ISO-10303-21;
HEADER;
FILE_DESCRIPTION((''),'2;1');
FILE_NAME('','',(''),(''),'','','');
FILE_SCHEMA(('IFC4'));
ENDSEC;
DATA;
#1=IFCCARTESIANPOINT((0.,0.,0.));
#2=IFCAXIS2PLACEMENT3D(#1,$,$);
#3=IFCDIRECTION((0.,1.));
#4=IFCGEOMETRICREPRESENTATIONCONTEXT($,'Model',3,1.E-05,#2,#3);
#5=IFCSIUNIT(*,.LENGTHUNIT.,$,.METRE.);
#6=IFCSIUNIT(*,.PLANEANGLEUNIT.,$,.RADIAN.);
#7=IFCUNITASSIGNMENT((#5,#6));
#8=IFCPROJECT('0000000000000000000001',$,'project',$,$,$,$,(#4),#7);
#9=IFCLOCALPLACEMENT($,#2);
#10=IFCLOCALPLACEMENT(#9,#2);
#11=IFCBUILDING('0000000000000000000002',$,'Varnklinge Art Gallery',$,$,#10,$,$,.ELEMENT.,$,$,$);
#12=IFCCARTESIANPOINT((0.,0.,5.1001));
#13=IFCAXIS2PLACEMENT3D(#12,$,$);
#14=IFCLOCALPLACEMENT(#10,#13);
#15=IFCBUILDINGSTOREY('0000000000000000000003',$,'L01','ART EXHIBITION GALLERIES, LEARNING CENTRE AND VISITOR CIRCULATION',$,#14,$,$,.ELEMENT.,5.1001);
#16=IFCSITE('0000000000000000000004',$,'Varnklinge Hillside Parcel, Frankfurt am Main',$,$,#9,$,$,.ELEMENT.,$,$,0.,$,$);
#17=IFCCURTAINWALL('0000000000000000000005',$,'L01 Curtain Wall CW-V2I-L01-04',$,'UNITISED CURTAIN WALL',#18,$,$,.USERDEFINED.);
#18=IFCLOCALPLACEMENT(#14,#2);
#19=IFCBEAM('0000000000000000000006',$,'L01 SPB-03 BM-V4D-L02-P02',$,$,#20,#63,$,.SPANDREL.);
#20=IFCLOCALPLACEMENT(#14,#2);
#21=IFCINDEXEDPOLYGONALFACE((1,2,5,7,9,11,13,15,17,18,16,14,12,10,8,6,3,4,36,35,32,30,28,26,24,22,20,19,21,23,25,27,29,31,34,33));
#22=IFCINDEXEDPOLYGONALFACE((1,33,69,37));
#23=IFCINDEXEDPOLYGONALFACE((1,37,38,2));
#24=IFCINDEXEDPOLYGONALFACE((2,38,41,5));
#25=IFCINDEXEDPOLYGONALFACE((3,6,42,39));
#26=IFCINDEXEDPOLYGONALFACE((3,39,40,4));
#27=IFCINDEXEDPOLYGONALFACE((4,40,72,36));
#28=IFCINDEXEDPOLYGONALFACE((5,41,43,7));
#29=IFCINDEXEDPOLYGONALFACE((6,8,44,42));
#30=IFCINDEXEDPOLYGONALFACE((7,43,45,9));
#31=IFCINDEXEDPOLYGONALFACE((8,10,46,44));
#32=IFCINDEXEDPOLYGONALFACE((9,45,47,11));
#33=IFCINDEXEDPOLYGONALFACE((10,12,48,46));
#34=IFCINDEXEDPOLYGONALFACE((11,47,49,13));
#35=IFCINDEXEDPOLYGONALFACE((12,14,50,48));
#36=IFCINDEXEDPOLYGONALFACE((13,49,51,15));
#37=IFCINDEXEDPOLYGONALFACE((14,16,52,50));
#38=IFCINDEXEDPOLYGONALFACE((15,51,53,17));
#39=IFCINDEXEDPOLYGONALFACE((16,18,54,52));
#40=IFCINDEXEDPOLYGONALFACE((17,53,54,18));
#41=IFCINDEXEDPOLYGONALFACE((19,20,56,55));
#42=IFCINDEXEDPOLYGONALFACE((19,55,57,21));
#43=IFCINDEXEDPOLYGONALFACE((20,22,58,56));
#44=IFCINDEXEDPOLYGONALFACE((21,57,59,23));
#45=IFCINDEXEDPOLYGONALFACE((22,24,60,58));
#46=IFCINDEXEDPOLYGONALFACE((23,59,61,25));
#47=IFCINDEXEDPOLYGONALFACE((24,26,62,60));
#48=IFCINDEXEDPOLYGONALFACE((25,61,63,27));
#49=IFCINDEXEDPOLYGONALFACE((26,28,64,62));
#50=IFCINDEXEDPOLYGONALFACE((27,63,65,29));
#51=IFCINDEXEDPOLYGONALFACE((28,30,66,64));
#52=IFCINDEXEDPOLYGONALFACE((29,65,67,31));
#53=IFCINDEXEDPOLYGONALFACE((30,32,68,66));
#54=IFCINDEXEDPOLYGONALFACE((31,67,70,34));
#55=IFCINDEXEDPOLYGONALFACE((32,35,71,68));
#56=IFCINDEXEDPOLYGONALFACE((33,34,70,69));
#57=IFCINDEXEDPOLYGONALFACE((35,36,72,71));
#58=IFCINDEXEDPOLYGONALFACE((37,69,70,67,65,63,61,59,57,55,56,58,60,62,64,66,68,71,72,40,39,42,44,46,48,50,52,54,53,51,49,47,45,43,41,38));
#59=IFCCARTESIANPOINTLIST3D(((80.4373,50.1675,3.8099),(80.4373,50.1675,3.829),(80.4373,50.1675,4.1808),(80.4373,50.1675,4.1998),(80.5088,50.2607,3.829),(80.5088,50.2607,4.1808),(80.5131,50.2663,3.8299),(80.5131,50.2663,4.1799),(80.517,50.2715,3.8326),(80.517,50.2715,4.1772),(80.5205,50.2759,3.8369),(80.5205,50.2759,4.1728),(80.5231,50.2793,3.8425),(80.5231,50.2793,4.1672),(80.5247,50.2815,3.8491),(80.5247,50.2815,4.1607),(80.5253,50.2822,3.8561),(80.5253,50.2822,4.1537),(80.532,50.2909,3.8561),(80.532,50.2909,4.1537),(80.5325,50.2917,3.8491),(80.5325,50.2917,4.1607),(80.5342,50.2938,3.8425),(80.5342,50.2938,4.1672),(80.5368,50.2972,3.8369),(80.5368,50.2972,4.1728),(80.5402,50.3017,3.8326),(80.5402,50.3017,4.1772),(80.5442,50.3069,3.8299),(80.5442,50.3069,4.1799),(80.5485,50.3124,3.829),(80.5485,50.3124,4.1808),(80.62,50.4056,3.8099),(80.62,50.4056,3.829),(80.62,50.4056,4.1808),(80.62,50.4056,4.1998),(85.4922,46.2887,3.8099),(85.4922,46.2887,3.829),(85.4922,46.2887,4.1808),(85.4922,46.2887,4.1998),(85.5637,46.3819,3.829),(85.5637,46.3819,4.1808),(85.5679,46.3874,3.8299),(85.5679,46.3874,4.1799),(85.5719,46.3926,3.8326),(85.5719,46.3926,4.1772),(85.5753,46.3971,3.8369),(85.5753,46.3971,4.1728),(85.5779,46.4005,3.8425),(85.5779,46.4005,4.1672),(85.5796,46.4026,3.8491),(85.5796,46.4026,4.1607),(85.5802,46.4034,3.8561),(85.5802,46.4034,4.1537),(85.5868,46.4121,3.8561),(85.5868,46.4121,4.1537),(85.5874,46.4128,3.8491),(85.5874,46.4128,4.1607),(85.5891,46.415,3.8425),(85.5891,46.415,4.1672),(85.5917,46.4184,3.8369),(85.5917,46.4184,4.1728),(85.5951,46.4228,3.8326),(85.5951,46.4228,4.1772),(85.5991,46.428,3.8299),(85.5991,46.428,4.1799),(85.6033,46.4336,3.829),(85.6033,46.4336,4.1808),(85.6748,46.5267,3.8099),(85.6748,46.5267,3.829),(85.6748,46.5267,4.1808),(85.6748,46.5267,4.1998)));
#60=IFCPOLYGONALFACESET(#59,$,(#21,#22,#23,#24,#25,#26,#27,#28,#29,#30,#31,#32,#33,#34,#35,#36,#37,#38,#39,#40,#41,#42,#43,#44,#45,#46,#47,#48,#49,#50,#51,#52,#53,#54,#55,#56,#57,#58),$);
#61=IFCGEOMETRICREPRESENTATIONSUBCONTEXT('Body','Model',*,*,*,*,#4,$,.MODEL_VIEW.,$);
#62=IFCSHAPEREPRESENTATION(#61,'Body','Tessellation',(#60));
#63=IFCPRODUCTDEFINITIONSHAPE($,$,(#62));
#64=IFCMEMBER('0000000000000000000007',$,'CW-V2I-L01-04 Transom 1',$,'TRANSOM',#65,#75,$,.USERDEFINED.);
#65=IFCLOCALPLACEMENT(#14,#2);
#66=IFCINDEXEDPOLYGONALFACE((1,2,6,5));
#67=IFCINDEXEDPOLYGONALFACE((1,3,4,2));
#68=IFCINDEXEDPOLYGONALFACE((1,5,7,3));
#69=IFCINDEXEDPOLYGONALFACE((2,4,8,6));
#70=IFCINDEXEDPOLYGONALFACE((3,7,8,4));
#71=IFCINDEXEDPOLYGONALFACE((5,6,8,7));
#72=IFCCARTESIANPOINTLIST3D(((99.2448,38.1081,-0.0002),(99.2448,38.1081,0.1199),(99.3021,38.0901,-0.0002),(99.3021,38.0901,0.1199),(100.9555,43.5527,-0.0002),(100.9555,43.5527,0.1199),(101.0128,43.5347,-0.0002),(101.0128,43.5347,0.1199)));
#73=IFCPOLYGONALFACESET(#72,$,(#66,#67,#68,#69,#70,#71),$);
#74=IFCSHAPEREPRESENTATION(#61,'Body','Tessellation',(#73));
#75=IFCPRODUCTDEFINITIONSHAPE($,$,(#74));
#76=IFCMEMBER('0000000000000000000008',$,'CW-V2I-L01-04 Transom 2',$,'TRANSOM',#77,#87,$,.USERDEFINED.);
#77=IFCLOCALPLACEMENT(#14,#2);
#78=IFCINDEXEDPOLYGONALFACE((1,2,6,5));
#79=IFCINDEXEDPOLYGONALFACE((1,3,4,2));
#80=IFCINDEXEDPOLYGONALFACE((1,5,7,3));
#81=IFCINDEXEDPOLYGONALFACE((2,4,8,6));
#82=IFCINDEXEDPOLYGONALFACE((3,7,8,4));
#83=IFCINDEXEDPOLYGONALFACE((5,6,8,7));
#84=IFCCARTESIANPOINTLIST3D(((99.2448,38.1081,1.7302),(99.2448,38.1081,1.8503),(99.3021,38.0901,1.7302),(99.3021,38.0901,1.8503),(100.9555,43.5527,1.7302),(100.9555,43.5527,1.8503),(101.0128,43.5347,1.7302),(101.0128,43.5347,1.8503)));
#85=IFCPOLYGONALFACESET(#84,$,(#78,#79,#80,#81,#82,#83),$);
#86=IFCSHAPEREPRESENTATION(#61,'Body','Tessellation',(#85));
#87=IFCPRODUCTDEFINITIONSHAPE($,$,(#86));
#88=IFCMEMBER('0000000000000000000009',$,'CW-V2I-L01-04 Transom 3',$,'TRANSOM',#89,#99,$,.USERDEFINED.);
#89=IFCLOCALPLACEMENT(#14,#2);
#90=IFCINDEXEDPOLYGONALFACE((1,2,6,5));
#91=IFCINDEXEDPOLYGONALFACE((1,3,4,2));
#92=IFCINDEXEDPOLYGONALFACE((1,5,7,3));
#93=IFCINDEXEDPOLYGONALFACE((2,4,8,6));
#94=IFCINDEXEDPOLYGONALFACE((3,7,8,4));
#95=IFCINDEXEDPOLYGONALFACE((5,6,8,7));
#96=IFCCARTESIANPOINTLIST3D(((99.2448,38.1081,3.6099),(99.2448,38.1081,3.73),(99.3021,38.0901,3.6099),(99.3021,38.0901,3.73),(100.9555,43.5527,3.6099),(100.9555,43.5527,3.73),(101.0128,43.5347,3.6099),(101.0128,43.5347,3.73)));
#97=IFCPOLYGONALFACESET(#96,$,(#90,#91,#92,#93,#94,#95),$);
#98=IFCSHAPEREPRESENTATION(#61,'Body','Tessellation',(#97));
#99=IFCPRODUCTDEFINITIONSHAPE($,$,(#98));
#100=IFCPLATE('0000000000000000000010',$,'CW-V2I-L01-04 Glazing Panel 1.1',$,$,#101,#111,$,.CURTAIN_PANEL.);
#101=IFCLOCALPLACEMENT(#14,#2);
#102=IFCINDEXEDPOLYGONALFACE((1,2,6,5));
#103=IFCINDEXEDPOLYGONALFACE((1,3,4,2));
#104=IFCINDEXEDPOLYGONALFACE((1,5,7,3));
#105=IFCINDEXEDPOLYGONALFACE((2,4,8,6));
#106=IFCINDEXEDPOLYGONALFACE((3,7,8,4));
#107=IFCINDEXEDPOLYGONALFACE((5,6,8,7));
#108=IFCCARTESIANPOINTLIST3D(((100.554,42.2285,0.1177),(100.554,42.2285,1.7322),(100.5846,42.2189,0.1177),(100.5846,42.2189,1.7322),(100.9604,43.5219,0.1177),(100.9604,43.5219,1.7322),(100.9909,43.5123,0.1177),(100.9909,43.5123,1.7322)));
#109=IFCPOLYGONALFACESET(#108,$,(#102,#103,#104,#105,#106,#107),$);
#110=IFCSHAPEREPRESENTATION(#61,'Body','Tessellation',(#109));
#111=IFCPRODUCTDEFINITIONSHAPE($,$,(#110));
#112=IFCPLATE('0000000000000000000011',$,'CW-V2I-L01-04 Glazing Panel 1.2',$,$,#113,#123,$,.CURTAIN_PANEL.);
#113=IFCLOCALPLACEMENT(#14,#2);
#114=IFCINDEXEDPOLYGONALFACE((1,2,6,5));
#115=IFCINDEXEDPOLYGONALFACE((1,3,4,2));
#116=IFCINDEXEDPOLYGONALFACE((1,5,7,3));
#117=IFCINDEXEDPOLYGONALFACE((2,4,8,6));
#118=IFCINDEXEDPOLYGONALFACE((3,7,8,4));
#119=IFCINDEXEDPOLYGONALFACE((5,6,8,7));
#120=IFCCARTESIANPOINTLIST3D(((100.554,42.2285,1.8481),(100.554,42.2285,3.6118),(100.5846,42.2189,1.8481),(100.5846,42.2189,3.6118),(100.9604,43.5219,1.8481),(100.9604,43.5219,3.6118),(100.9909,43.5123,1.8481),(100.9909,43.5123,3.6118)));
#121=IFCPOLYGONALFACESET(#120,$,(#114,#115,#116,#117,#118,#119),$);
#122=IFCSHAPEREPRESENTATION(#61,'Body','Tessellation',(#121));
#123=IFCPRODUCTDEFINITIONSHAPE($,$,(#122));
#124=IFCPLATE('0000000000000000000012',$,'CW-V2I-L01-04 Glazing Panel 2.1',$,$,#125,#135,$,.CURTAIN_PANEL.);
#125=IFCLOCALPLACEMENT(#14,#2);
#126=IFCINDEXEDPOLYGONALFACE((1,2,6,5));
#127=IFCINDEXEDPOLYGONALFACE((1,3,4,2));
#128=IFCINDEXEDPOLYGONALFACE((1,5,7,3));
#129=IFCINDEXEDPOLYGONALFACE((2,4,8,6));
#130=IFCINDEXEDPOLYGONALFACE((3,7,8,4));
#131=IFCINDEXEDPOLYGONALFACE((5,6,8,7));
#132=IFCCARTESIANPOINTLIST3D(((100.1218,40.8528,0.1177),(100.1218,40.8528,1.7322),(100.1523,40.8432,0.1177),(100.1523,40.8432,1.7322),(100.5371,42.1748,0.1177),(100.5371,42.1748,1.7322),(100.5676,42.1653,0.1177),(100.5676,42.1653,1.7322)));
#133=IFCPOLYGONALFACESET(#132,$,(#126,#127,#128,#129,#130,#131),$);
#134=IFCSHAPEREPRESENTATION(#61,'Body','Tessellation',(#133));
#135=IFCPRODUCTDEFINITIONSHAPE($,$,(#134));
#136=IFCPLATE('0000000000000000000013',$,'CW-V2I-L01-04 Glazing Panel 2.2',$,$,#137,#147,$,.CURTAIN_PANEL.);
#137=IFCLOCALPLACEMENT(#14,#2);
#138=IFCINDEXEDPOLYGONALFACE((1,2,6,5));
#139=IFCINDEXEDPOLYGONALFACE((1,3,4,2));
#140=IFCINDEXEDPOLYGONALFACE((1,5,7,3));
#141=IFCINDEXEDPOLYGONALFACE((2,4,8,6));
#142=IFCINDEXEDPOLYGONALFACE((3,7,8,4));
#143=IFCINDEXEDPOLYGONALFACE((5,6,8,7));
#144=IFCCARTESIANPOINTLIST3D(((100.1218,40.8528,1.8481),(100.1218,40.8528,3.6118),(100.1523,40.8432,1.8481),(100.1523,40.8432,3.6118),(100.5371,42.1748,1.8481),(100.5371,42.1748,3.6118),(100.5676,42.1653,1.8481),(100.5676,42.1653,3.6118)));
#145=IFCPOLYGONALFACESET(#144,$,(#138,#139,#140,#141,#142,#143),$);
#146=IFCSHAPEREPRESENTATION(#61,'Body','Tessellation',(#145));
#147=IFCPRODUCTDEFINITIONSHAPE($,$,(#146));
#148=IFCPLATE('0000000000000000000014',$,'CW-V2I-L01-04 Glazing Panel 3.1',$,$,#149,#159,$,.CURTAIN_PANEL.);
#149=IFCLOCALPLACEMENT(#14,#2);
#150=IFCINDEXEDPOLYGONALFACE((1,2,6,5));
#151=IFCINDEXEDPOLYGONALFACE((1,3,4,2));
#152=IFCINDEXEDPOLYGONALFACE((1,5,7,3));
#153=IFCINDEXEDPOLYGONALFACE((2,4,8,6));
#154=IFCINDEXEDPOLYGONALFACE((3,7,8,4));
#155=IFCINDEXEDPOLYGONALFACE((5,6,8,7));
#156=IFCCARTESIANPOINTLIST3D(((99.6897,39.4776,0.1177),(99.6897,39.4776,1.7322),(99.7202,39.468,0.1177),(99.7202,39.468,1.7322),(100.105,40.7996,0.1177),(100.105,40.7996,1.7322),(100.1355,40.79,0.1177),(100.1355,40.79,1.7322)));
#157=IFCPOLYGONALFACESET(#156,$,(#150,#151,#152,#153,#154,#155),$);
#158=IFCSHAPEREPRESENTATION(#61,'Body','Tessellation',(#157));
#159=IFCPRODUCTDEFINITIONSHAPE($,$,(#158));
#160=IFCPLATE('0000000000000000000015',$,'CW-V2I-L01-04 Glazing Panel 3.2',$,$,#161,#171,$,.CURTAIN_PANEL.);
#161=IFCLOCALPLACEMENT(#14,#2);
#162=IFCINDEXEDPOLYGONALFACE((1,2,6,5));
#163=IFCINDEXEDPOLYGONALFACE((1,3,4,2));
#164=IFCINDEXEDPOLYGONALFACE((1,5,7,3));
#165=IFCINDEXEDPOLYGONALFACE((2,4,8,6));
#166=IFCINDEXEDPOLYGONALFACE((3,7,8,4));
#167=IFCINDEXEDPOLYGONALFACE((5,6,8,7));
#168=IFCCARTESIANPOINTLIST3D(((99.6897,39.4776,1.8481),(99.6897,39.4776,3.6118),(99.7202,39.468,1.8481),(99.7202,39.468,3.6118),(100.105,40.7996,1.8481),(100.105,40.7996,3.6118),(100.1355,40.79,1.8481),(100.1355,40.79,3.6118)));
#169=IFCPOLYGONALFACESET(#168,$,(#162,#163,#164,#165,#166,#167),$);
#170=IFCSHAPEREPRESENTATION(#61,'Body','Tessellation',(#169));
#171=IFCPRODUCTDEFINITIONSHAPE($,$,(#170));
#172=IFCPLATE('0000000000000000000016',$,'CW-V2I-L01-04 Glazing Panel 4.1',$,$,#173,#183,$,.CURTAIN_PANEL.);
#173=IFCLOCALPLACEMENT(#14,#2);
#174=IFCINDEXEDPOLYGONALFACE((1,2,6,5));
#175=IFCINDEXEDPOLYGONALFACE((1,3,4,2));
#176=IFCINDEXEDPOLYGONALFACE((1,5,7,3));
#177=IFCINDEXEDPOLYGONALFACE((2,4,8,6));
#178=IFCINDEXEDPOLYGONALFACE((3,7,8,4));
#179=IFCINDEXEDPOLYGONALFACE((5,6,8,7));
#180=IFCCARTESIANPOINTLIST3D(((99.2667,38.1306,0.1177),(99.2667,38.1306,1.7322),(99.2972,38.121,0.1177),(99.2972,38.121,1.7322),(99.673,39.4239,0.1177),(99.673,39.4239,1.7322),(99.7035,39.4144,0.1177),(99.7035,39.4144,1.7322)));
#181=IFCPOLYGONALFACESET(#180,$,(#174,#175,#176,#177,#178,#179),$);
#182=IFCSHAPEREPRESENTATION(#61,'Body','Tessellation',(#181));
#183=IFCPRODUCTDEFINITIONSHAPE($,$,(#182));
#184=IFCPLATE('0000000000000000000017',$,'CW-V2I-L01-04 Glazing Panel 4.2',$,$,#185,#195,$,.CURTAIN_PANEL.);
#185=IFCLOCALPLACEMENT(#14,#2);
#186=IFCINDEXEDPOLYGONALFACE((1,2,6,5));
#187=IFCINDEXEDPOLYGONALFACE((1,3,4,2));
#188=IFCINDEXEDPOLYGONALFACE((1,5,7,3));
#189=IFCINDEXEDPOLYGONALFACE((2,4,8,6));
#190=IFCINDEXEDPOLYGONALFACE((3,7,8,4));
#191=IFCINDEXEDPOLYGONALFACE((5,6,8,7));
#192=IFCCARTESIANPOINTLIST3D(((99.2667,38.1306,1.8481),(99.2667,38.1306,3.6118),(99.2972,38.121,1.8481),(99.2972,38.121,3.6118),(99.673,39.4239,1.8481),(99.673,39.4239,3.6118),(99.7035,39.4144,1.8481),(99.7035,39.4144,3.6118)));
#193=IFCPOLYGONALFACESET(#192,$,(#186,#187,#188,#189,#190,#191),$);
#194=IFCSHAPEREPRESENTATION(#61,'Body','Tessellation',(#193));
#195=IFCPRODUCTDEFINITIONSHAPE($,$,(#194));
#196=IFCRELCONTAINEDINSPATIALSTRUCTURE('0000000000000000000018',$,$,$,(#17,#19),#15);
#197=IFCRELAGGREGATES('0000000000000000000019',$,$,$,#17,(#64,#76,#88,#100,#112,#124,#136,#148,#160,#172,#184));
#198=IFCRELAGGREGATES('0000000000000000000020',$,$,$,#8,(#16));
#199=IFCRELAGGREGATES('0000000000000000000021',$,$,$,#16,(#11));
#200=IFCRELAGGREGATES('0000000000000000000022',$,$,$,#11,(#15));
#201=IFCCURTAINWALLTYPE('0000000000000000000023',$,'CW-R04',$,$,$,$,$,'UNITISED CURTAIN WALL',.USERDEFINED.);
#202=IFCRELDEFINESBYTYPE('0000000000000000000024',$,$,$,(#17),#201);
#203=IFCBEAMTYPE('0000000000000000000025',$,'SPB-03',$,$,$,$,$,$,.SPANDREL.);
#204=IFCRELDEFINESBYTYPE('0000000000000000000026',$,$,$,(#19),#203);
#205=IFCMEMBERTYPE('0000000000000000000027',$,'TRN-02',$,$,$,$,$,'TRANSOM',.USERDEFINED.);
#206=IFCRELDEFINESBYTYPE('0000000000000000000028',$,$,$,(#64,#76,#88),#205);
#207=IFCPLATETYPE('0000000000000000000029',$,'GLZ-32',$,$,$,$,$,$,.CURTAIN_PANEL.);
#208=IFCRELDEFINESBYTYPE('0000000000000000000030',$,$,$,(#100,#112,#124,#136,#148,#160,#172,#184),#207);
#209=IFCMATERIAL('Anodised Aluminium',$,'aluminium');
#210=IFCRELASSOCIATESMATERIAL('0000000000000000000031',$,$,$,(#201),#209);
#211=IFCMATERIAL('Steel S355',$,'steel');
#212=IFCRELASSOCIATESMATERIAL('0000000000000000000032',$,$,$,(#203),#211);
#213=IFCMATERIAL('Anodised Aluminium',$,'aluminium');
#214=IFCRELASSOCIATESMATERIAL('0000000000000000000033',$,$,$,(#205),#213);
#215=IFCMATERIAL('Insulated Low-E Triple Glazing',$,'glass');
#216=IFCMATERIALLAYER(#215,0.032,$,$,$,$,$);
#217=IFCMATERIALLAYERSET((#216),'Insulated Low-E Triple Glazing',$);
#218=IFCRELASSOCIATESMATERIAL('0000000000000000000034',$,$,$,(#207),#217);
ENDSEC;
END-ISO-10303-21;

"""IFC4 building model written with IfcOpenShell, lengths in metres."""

from ifc_helpers import new_model, si_unit, direction, frame, origin, origin_2d, place, context, subcontext, project, spatial, rectangle, i_section, extrude, material, layer, layer_set, material_profile, profile_set, type_object, element, aggregate, save


model = new_model("IFC4")

# Units and contexts
model_context = context("Model", 3, precision=1e-05, world=origin(), true_north=direction((0.0, 1.0)))
body_context = subcontext(model_context, "Body", "Model", "MODEL_VIEW")
ifc_project = project(units=[si_unit("LENGTHUNIT", "METRE"), si_unit("PLANEANGLEUNIT", "RADIAN")], contexts=[model_context])

# Site, building, storey
site_placement = place(None, origin())
site = spatial("IfcSite", under=ifc_project, at=site_placement, Name="Varnklinge Hillside Parcel, Frankfurt am Main", CompositionType="ELEMENT", RefElevation=0.0)
building_placement = place(site_placement, origin())
building = spatial("IfcBuilding", under=site, at=building_placement, Name="Varnklinge Art Gallery", CompositionType="ELEMENT")
storey_placement = place(building_placement, frame((0.0, 0.0, 5.1001)))
storey = spatial("IfcBuildingStorey", under=building, at=storey_placement, Name="L01", Description="ART EXHIBITION GALLERIES, LEARNING CENTRE AND VISITOR CIRCULATION", CompositionType="ELEMENT", Elevation=5.1001)

# Curtain wall
ifc_material_1 = material(Name="Anodised Aluminium", Category="aluminium")
curtain_wall_type = type_object("IfcCurtainWallType", Name="CW-R04", ElementType="UNITISED CURTAIN WALL", PredefinedType="USERDEFINED", material=ifc_material_1)
curtain_wall_placement = place(storey_placement, origin())
curtain_wall = element("IfcCurtainWall", 1, at=curtain_wall_placement, inside=storey, type_object=curtain_wall_type, Name="L01 Curtain Wall CW-V2I-L01-04", ObjectType="UNITISED CURTAIN WALL", PredefinedType="USERDEFINED")

# Beam
ifc_material_2 = material(Name="Steel S355", Category="steel")
ifc_material_profile_1 = material_profile(ifc_material_2, i_section(OverallWidth=0.3, OverallDepth=0.3899, WebThickness=0.011, FlangeThickness=0.019, FilletRadius=0.0271, at=origin_2d()), Name="HEA 400")
ifc_profile_set_1 = profile_set([ifc_material_profile_1], Name="Steel S355")
beam_type = type_object("IfcBeamType", Name="SPB-03", PredefinedType="SPANDREL", material=ifc_profile_set_1)
for number, where, z_axis, x_axis, name in (
    (2, (85.5835, 46.4077, 4.0049), (-0.793344, 0.608773, 0.0), (-0.608773, -0.793344, 0.0), "L01 SPB-03 BM-V4D-L02-P02"),
):
    element("IfcBeam", number, at=place(storey_placement, frame(where, z_axis=z_axis, x_axis=x_axis)), inside=storey, type_object=beam_type, Name=name, PredefinedType="SPANDREL", context=body_context, shape_type="SweptSolid", body=[
        extrude(i_section(OverallWidth=0.3, OverallDepth=0.3899, WebThickness=0.011, FlangeThickness=0.019, FilletRadius=0.0271, at=origin_2d()), origin(), (0.0, 0.0, 1.0), 6.3716),
    ])

# Members
ifc_material_3 = material(Name="Anodised Aluminium", Category="aluminium")
ifc_material_profile_2 = material_profile(ifc_material_3, rectangle(XDim=0.0601, YDim=0.1201, at=origin_2d()), Name="ALU 60x120")
ifc_profile_set_2 = profile_set([ifc_material_profile_2], Name="Anodised Aluminium")
member_type_1 = type_object("IfcMemberType", Name="TRN-02", ElementType="TRANSOM", PredefinedType="USERDEFINED", material=ifc_profile_set_2)
member_1_placement = place(storey_placement, frame((100.9841, 43.5437, 0.0598), z_axis=(-0.299753, -0.954017, 0.0), x_axis=(0.954017, -0.299753, 0.0)))
member_1 = element("IfcMember", 3, at=member_1_placement, type_object=member_type_1, Name="CW-V2I-L01-04 Transom 1", ObjectType="TRANSOM", PredefinedType="USERDEFINED", context=body_context, shape_type="SweptSolid", body=[
    extrude(rectangle(XDim=0.0601, YDim=0.1201, at=origin_2d()), origin(), (0.0, 0.0, 1.0), 5.707),
])
member_2_placement = place(storey_placement, frame((100.9841, 43.5437, 1.7903), z_axis=(-0.299753, -0.954017, 0.0), x_axis=(0.954017, -0.299753, 0.0)))
member_2 = element("IfcMember", 4, at=member_2_placement, type_object=member_type_1, Name="CW-V2I-L01-04 Transom 2", ObjectType="TRANSOM", PredefinedType="USERDEFINED", context=body_context, shape_type="SweptSolid", body=[
    extrude(rectangle(XDim=0.0601, YDim=0.1201, at=origin_2d()), origin(), (0.0, 0.0, 1.0), 5.707),
])
member_3_placement = place(storey_placement, frame((100.9841, 43.5437, 3.6699), z_axis=(-0.299753, -0.954017, 0.0), x_axis=(0.954017, -0.299753, 0.0)))
member_3 = element("IfcMember", 5, at=member_3_placement, type_object=member_type_1, Name="CW-V2I-L01-04 Transom 3", ObjectType="TRANSOM", PredefinedType="USERDEFINED", context=body_context, shape_type="SweptSolid", body=[
    extrude(rectangle(XDim=0.0601, YDim=0.1201, at=origin_2d()), origin(), (0.0, 0.0, 1.0), 5.707),
])

# Plates
ifc_material_4 = material(Name="Insulated Low-E Triple Glazing", Category="glass")
ifc_layer_1 = layer(ifc_material_4, 0.032)
ifc_layer_set_1 = layer_set([ifc_layer_1], Name="Insulated Low-E Triple Glazing")
plate_type = type_object("IfcPlateType", Name="GLZ-32", PredefinedType="CURTAIN_PANEL", material=ifc_layer_set_1)
plate_1_placement = place(storey_placement, frame((100.7725, 42.8704, 0.1177), z_axis=(0.0, 0.0, 1.0), x_axis=(-0.299707, -0.954031, 0.0)))
plate_1 = element("IfcPlate", 6, at=plate_1_placement, type_object=plate_type, Name="CW-V2I-L01-04 Glazing Panel 1.1", PredefinedType="CURTAIN_PANEL", context=body_context, shape_type="SweptSolid", body=[
    extrude(rectangle(XDim=1.3557, YDim=0.032, at=origin_2d()), origin(), (0.0, 0.0, 1.0), 1.6145),
])
plate_2_placement = place(storey_placement, frame((100.7725, 42.8704, 1.8481), z_axis=(0.0, 0.0, 1.0), x_axis=(-0.299707, -0.954031, 0.0)))
plate_2 = element("IfcPlate", 7, at=plate_2_placement, type_object=plate_type, Name="CW-V2I-L01-04 Glazing Panel 1.2", PredefinedType="CURTAIN_PANEL", context=body_context, shape_type="SweptSolid", body=[
    extrude(rectangle(XDim=1.3557, YDim=0.032, at=origin_2d()), origin(), (0.0, 0.0, 1.0), 1.7637),
])
plate_3_placement = place(storey_placement, frame((100.3447, 41.509, 0.1177), z_axis=(0.0, 0.0, 1.0), x_axis=(-0.299707, -0.954031, 0.0)))
plate_3 = element("IfcPlate", 8, at=plate_3_placement, type_object=plate_type, Name="CW-V2I-L01-04 Glazing Panel 2.1", PredefinedType="CURTAIN_PANEL", context=body_context, shape_type="SweptSolid", body=[
    extrude(rectangle(XDim=1.3857, YDim=0.032, at=origin_2d()), origin(), (0.0, 0.0, 1.0), 1.6145),
])
plate_4_placement = place(storey_placement, frame((100.3447, 41.509, 1.8481), z_axis=(0.0, 0.0, 1.0), x_axis=(-0.299707, -0.954031, 0.0)))
plate_4 = element("IfcPlate", 9, at=plate_4_placement, type_object=plate_type, Name="CW-V2I-L01-04 Glazing Panel 2.2", PredefinedType="CURTAIN_PANEL", context=body_context, shape_type="SweptSolid", body=[
    extrude(rectangle(XDim=1.3857, YDim=0.032, at=origin_2d()), origin(), (0.0, 0.0, 1.0), 1.7637),
])
plate_5_placement = place(storey_placement, frame((99.9126, 40.1338, 0.1177), z_axis=(0.0, 0.0, 1.0), x_axis=(-0.299707, -0.954031, 0.0)))
plate_5 = element("IfcPlate", 10, at=plate_5_placement, type_object=plate_type, Name="CW-V2I-L01-04 Glazing Panel 3.1", PredefinedType="CURTAIN_PANEL", context=body_context, shape_type="SweptSolid", body=[
    extrude(rectangle(XDim=1.3857, YDim=0.032, at=origin_2d()), origin(), (0.0, 0.0, 1.0), 1.6145),
])
plate_6_placement = place(storey_placement, frame((99.9126, 40.1338, 1.8481), z_axis=(0.0, 0.0, 1.0), x_axis=(-0.299707, -0.954031, 0.0)))
plate_6 = element("IfcPlate", 11, at=plate_6_placement, type_object=plate_type, Name="CW-V2I-L01-04 Glazing Panel 3.2", PredefinedType="CURTAIN_PANEL", context=body_context, shape_type="SweptSolid", body=[
    extrude(rectangle(XDim=1.3857, YDim=0.032, at=origin_2d()), origin(), (0.0, 0.0, 1.0), 1.7637),
])
plate_7_placement = place(storey_placement, frame((99.4851, 38.7725, 0.1177), z_axis=(0.0, 0.0, 1.0), x_axis=(-0.299707, -0.954031, 0.0)))
plate_7 = element("IfcPlate", 12, at=plate_7_placement, type_object=plate_type, Name="CW-V2I-L01-04 Glazing Panel 4.1", PredefinedType="CURTAIN_PANEL", context=body_context, shape_type="SweptSolid", body=[
    extrude(rectangle(XDim=1.3557, YDim=0.032, at=origin_2d()), origin(), (0.0, 0.0, 1.0), 1.6145),
])
plate_8_placement = place(storey_placement, frame((99.4851, 38.7725, 1.8481), z_axis=(0.0, 0.0, 1.0), x_axis=(-0.299707, -0.954031, 0.0)))
plate_8 = element("IfcPlate", 13, at=plate_8_placement, type_object=plate_type, Name="CW-V2I-L01-04 Glazing Panel 4.2", PredefinedType="CURTAIN_PANEL", context=body_context, shape_type="SweptSolid", body=[
    extrude(rectangle(XDim=1.3557, YDim=0.032, at=origin_2d()), origin(), (0.0, 0.0, 1.0), 1.7637),
])
aggregate(curtain_wall, [member_1, member_2, member_3, plate_1, plate_2, plate_3, plate_4, plate_5, plate_6, plate_7, plate_8])

save(model, "model.ifc")
